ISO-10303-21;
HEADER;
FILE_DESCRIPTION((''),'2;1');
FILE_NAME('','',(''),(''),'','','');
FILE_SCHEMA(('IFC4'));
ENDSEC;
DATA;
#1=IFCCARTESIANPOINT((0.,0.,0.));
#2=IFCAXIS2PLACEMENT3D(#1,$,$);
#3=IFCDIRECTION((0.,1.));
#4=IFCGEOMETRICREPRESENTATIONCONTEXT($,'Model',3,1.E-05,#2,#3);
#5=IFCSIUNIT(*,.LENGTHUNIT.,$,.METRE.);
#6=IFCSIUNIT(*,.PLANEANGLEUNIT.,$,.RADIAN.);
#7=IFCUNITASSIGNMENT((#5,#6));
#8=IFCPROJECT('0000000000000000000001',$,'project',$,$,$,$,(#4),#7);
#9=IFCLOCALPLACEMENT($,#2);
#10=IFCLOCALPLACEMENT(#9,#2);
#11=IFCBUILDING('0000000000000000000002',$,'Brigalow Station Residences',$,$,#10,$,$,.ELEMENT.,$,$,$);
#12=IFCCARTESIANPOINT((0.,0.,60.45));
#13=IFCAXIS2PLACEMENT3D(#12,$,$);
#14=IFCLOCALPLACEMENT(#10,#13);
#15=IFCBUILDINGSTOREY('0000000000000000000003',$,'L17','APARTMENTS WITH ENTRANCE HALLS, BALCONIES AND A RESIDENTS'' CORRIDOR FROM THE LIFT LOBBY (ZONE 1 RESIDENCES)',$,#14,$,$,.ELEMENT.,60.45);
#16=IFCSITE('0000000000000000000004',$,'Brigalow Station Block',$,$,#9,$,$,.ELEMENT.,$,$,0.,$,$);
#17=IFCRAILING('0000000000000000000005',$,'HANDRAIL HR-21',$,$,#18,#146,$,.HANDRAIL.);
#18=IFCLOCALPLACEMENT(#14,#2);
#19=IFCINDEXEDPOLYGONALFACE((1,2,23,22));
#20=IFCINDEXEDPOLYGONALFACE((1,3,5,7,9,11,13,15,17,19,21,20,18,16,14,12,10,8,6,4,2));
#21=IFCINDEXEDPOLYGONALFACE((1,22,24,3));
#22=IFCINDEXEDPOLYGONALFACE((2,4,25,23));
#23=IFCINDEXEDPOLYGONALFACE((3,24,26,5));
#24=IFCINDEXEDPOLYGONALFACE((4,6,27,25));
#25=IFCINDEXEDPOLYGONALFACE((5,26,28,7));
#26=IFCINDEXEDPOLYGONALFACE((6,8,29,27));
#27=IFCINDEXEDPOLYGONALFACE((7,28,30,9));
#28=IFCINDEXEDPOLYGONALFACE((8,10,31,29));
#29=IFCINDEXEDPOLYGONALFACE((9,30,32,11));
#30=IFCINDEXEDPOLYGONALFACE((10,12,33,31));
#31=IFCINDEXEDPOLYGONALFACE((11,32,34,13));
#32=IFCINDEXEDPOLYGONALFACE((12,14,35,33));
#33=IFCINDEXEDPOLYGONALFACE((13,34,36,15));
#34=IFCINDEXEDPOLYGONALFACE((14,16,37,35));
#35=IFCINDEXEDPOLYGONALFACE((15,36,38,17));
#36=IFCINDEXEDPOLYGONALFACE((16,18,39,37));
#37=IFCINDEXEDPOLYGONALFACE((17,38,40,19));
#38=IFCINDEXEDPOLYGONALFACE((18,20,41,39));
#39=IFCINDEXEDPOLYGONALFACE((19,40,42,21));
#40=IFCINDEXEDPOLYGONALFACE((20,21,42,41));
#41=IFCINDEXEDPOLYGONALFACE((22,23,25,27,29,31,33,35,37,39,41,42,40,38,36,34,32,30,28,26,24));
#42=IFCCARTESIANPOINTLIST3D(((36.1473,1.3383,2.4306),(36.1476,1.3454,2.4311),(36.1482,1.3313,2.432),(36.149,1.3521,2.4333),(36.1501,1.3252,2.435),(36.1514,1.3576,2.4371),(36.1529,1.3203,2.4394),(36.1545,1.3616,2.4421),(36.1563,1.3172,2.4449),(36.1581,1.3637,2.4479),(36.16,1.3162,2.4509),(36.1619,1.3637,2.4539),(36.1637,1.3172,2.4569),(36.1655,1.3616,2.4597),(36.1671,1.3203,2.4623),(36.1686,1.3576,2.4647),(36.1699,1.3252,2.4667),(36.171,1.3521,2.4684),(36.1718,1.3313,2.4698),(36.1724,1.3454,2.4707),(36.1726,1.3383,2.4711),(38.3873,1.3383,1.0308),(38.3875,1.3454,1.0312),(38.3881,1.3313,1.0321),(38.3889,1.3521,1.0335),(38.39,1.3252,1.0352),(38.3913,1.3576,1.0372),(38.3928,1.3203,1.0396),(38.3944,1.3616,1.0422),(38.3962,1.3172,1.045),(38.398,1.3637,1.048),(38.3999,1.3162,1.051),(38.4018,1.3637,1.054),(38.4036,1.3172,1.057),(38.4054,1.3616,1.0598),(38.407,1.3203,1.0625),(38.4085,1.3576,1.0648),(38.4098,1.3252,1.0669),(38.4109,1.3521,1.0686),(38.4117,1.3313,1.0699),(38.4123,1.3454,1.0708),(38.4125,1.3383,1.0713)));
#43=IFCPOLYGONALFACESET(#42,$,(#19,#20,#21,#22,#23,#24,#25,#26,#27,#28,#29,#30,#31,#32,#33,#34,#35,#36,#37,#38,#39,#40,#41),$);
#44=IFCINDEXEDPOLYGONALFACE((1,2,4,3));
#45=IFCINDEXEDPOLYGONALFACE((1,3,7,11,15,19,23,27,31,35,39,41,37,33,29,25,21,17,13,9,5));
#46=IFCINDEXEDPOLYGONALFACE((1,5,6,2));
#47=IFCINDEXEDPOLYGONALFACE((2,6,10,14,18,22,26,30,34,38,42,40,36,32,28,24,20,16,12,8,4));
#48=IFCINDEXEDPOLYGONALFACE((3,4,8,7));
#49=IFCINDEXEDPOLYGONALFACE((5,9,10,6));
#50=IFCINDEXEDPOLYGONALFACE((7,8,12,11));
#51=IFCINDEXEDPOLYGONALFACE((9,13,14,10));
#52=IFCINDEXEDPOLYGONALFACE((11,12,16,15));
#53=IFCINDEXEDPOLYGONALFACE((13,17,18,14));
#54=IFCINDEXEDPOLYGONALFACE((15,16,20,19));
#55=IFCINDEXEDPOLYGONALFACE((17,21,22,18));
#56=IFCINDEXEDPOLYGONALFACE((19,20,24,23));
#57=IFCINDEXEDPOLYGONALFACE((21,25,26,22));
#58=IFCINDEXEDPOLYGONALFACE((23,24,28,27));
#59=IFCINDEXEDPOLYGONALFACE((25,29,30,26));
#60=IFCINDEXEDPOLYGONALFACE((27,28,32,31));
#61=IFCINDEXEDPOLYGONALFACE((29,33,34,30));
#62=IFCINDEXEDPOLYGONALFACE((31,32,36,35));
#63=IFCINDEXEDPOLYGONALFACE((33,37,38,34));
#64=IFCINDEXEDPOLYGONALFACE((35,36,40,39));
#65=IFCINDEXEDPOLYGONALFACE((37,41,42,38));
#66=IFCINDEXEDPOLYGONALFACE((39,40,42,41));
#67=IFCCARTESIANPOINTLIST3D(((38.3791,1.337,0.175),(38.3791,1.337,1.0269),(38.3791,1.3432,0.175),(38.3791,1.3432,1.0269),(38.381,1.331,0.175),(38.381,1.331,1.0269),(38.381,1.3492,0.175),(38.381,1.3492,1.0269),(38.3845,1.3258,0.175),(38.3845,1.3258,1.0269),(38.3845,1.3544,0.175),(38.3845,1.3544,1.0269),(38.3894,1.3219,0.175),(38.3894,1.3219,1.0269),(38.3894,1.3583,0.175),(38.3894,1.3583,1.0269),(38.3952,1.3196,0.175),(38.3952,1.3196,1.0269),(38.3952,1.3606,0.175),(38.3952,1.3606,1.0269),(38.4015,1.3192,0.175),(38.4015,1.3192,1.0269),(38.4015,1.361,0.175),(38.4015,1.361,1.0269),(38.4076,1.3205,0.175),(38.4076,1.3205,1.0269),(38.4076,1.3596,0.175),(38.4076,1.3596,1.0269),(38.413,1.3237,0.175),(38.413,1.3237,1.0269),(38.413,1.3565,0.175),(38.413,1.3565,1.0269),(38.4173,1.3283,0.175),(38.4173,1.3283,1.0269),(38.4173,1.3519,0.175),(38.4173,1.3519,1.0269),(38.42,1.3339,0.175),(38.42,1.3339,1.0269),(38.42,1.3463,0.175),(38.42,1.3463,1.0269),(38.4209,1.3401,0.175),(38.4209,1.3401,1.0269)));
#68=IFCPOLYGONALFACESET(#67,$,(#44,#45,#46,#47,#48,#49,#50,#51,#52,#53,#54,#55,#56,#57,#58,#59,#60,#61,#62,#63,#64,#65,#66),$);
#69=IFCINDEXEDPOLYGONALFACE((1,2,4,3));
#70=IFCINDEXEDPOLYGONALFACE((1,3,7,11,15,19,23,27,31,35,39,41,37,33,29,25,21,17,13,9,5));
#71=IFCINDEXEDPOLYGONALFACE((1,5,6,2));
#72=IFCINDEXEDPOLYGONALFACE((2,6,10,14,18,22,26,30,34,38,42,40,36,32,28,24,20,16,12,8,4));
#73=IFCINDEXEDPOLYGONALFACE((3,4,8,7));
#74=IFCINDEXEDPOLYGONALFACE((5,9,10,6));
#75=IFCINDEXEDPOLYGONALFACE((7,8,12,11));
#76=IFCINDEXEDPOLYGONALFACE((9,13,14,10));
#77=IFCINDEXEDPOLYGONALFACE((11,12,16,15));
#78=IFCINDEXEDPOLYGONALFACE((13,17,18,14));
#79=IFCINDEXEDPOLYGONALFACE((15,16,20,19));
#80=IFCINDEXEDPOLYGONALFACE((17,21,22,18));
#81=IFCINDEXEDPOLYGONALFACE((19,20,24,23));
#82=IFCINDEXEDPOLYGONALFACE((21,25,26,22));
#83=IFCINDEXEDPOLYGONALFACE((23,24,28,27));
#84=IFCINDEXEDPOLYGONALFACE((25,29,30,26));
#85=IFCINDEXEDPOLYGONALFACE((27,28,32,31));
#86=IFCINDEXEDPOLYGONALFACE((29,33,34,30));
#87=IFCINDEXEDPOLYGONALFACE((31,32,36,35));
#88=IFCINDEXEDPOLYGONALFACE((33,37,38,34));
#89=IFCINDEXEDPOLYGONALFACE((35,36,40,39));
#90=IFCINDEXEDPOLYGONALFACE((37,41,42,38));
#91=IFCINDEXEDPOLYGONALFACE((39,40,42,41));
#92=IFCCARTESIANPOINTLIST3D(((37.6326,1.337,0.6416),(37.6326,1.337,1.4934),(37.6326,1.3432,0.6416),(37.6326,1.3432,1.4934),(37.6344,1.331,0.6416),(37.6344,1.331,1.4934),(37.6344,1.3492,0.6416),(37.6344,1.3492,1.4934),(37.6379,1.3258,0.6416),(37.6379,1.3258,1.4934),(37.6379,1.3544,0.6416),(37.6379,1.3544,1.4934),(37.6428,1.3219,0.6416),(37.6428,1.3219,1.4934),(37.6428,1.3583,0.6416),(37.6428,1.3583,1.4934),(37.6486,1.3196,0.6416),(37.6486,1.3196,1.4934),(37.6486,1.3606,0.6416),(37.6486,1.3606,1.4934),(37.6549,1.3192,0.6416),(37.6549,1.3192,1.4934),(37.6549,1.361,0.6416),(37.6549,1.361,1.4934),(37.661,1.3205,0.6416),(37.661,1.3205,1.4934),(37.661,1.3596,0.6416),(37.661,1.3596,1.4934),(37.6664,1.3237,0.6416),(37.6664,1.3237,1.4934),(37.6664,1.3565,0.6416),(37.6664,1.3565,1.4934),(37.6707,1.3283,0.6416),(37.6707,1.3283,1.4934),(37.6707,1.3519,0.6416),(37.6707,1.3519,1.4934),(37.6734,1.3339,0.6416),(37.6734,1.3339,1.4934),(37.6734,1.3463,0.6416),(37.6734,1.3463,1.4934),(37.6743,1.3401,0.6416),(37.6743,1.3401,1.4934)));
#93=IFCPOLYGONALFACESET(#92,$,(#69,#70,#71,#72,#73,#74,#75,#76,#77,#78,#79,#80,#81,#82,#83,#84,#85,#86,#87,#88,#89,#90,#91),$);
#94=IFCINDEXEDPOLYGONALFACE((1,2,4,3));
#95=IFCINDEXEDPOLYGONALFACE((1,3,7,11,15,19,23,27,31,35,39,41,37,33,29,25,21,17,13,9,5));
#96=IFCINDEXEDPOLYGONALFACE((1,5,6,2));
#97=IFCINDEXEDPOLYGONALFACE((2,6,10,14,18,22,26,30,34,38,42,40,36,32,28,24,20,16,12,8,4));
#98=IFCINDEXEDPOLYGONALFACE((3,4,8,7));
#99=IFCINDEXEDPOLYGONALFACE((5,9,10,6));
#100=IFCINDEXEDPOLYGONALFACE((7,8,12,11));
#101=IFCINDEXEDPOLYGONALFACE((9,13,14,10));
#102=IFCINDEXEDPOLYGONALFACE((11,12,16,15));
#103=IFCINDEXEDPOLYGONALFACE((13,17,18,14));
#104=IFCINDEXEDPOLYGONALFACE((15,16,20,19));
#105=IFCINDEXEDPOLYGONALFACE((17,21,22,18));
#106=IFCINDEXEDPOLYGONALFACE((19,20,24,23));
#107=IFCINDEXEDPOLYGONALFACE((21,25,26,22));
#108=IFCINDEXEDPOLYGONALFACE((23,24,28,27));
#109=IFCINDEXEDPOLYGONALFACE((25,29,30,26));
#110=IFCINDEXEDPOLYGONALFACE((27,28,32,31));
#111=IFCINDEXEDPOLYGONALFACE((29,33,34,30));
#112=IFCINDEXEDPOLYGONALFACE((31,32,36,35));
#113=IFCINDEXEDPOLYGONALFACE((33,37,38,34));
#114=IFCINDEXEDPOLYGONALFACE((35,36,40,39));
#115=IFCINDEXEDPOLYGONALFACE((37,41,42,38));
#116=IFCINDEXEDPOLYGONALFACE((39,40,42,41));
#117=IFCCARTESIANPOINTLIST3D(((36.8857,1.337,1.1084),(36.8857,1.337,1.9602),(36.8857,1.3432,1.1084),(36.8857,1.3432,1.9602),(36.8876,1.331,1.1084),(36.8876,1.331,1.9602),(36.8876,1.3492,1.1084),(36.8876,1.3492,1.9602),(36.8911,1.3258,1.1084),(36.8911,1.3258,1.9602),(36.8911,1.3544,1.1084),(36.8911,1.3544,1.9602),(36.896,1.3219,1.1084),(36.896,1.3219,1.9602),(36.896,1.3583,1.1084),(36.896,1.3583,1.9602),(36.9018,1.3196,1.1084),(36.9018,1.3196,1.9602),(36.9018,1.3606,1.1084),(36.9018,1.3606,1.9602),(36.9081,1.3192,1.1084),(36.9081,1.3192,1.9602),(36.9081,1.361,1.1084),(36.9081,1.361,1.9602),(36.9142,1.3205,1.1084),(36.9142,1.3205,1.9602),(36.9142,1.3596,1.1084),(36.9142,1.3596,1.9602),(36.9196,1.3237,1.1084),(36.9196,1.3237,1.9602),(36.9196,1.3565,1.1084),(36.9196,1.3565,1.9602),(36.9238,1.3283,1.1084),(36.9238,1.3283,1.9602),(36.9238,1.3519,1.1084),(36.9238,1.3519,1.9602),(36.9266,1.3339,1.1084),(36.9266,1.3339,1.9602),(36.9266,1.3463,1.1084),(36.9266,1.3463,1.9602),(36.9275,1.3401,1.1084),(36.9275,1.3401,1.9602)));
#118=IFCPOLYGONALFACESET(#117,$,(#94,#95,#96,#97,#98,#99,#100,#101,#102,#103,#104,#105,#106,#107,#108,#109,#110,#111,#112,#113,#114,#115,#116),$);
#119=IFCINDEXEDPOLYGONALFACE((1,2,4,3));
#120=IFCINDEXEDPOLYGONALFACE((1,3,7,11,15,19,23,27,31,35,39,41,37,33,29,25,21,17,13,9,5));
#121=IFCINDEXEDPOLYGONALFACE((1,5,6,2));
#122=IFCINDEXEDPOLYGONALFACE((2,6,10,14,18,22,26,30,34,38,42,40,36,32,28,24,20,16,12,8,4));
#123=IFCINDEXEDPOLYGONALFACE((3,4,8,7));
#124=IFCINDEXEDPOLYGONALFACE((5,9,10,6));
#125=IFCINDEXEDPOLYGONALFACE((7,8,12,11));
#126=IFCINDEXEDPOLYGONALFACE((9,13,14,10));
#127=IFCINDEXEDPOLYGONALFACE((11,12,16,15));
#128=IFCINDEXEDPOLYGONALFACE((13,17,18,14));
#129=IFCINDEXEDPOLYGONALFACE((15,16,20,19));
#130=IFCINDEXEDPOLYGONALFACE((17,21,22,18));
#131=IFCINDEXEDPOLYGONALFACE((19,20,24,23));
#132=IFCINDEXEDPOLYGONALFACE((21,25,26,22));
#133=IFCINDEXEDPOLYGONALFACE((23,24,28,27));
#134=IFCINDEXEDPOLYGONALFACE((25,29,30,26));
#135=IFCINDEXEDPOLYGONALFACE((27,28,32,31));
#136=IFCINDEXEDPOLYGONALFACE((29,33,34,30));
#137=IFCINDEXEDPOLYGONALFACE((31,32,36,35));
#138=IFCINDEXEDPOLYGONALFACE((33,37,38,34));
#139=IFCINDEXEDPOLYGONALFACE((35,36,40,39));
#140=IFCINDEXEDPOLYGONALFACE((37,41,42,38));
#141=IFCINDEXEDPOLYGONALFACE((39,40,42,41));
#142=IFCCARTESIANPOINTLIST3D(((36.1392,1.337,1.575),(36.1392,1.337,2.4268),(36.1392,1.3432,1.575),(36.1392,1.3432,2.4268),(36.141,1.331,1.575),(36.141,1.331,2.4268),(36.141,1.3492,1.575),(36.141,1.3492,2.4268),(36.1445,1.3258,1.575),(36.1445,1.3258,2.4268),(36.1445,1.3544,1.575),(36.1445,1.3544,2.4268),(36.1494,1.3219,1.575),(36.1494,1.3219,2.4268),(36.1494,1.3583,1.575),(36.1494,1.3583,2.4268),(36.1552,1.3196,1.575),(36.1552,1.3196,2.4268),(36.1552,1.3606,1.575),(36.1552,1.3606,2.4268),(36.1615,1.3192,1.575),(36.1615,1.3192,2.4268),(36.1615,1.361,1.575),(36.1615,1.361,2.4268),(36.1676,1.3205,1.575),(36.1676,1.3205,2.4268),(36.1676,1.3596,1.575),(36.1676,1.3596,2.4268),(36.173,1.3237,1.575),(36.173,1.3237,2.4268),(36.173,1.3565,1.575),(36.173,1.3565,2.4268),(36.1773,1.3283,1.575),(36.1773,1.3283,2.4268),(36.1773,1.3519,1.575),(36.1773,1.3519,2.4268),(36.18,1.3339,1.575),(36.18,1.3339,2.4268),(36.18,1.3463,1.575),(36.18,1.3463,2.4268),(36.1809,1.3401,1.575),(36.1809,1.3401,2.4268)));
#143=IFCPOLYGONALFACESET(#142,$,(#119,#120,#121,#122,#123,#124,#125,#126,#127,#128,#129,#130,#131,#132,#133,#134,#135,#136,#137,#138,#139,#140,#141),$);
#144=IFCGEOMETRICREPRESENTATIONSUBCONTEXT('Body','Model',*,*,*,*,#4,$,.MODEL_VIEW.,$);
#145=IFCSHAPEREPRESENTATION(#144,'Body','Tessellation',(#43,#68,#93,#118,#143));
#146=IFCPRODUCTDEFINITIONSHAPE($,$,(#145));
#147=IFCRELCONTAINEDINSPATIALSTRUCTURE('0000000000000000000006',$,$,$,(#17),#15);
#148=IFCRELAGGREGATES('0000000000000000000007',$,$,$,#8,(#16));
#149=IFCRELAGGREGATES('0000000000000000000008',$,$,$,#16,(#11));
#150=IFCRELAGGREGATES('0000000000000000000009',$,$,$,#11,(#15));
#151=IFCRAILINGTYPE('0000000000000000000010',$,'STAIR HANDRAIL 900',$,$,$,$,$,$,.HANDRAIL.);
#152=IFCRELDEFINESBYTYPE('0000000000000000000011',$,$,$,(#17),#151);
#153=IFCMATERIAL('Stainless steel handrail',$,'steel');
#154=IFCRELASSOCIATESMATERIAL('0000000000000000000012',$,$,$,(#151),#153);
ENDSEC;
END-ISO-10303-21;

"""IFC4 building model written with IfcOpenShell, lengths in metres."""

from ifc_helpers import new_model, si_unit, direction, frame, origin, origin_2d, place, context, subcontext, project, spatial, circle, extrude, material, type_object, element, save


model = new_model("IFC4")

# Units and contexts
model_context = context("Model", 3, precision=1e-05, world=origin(), true_north=direction((0.0, 1.0)))
body_context = subcontext(model_context, "Body", "Model", "MODEL_VIEW")
ifc_project = project(units=[si_unit("LENGTHUNIT", "METRE"), si_unit("PLANEANGLEUNIT", "RADIAN")], contexts=[model_context])

# Site, building, storey
site_placement = place(None, origin())
site = spatial("IfcSite", under=ifc_project, at=site_placement, Name="Brigalow Station Block", CompositionType="ELEMENT", RefElevation=0.0)
building_placement = place(site_placement, origin())
building = spatial("IfcBuilding", under=site, at=building_placement, Name="Brigalow Station Residences", CompositionType="ELEMENT")
storey_placement = place(building_placement, frame((0.0, 0.0, 60.45)))
storey = spatial("IfcBuildingStorey", under=building, at=storey_placement, Name="L17", Description="APARTMENTS WITH ENTRANCE HALLS, BALCONIES AND A RESIDENTS' CORRIDOR FROM THE LIFT LOBBY (ZONE 1 RESIDENCES)", CompositionType="ELEMENT", Elevation=60.45)

# Railing
ifc_material_1 = material(Name="Stainless steel handrail", Category="steel")
railing_type_1 = type_object("IfcRailingType", Name="STAIR HANDRAIL 900", PredefinedType="HANDRAIL", material=ifc_material_1)
railing_1_placement = place(storey_placement, frame((38.3999, 1.3401, 0.175)))
element("IfcRailing", 1, at=railing_1_placement, inside=storey, type_object=railing_type_1, Name="HANDRAIL HR-21", PredefinedType="HANDRAIL", context=body_context, shape_type="SweptSolid", body=[
    extrude(circle(Radius=0.0239, at=origin_2d()), frame((0.0, 0.0, 0.876), z_axis=(-0.848014, 0.0, 0.529974), x_axis=(0.0, -1.0, 0.0)), (0.0, 0.0, 1.0), 2.6414),
    extrude(circle(Radius=0.021, at=origin_2d()), origin(), (0.0, 0.0, 1.0), 0.8518),
    extrude(circle(Radius=0.021, at=origin_2d()), frame((-0.7466, 0.0, 0.4666)), (0.0, 0.0, 1.0), 0.8518),
    extrude(circle(Radius=0.021, at=origin_2d()), frame((-1.4934, 0.0, 0.9333)), (0.0, 0.0, 1.0), 0.8518),
    extrude(circle(Radius=0.021, at=origin_2d()), frame((-2.24, 0.0, 1.3999)), (0.0, 0.0, 1.0), 0.8518),
])

save(model, "model.ifc")
